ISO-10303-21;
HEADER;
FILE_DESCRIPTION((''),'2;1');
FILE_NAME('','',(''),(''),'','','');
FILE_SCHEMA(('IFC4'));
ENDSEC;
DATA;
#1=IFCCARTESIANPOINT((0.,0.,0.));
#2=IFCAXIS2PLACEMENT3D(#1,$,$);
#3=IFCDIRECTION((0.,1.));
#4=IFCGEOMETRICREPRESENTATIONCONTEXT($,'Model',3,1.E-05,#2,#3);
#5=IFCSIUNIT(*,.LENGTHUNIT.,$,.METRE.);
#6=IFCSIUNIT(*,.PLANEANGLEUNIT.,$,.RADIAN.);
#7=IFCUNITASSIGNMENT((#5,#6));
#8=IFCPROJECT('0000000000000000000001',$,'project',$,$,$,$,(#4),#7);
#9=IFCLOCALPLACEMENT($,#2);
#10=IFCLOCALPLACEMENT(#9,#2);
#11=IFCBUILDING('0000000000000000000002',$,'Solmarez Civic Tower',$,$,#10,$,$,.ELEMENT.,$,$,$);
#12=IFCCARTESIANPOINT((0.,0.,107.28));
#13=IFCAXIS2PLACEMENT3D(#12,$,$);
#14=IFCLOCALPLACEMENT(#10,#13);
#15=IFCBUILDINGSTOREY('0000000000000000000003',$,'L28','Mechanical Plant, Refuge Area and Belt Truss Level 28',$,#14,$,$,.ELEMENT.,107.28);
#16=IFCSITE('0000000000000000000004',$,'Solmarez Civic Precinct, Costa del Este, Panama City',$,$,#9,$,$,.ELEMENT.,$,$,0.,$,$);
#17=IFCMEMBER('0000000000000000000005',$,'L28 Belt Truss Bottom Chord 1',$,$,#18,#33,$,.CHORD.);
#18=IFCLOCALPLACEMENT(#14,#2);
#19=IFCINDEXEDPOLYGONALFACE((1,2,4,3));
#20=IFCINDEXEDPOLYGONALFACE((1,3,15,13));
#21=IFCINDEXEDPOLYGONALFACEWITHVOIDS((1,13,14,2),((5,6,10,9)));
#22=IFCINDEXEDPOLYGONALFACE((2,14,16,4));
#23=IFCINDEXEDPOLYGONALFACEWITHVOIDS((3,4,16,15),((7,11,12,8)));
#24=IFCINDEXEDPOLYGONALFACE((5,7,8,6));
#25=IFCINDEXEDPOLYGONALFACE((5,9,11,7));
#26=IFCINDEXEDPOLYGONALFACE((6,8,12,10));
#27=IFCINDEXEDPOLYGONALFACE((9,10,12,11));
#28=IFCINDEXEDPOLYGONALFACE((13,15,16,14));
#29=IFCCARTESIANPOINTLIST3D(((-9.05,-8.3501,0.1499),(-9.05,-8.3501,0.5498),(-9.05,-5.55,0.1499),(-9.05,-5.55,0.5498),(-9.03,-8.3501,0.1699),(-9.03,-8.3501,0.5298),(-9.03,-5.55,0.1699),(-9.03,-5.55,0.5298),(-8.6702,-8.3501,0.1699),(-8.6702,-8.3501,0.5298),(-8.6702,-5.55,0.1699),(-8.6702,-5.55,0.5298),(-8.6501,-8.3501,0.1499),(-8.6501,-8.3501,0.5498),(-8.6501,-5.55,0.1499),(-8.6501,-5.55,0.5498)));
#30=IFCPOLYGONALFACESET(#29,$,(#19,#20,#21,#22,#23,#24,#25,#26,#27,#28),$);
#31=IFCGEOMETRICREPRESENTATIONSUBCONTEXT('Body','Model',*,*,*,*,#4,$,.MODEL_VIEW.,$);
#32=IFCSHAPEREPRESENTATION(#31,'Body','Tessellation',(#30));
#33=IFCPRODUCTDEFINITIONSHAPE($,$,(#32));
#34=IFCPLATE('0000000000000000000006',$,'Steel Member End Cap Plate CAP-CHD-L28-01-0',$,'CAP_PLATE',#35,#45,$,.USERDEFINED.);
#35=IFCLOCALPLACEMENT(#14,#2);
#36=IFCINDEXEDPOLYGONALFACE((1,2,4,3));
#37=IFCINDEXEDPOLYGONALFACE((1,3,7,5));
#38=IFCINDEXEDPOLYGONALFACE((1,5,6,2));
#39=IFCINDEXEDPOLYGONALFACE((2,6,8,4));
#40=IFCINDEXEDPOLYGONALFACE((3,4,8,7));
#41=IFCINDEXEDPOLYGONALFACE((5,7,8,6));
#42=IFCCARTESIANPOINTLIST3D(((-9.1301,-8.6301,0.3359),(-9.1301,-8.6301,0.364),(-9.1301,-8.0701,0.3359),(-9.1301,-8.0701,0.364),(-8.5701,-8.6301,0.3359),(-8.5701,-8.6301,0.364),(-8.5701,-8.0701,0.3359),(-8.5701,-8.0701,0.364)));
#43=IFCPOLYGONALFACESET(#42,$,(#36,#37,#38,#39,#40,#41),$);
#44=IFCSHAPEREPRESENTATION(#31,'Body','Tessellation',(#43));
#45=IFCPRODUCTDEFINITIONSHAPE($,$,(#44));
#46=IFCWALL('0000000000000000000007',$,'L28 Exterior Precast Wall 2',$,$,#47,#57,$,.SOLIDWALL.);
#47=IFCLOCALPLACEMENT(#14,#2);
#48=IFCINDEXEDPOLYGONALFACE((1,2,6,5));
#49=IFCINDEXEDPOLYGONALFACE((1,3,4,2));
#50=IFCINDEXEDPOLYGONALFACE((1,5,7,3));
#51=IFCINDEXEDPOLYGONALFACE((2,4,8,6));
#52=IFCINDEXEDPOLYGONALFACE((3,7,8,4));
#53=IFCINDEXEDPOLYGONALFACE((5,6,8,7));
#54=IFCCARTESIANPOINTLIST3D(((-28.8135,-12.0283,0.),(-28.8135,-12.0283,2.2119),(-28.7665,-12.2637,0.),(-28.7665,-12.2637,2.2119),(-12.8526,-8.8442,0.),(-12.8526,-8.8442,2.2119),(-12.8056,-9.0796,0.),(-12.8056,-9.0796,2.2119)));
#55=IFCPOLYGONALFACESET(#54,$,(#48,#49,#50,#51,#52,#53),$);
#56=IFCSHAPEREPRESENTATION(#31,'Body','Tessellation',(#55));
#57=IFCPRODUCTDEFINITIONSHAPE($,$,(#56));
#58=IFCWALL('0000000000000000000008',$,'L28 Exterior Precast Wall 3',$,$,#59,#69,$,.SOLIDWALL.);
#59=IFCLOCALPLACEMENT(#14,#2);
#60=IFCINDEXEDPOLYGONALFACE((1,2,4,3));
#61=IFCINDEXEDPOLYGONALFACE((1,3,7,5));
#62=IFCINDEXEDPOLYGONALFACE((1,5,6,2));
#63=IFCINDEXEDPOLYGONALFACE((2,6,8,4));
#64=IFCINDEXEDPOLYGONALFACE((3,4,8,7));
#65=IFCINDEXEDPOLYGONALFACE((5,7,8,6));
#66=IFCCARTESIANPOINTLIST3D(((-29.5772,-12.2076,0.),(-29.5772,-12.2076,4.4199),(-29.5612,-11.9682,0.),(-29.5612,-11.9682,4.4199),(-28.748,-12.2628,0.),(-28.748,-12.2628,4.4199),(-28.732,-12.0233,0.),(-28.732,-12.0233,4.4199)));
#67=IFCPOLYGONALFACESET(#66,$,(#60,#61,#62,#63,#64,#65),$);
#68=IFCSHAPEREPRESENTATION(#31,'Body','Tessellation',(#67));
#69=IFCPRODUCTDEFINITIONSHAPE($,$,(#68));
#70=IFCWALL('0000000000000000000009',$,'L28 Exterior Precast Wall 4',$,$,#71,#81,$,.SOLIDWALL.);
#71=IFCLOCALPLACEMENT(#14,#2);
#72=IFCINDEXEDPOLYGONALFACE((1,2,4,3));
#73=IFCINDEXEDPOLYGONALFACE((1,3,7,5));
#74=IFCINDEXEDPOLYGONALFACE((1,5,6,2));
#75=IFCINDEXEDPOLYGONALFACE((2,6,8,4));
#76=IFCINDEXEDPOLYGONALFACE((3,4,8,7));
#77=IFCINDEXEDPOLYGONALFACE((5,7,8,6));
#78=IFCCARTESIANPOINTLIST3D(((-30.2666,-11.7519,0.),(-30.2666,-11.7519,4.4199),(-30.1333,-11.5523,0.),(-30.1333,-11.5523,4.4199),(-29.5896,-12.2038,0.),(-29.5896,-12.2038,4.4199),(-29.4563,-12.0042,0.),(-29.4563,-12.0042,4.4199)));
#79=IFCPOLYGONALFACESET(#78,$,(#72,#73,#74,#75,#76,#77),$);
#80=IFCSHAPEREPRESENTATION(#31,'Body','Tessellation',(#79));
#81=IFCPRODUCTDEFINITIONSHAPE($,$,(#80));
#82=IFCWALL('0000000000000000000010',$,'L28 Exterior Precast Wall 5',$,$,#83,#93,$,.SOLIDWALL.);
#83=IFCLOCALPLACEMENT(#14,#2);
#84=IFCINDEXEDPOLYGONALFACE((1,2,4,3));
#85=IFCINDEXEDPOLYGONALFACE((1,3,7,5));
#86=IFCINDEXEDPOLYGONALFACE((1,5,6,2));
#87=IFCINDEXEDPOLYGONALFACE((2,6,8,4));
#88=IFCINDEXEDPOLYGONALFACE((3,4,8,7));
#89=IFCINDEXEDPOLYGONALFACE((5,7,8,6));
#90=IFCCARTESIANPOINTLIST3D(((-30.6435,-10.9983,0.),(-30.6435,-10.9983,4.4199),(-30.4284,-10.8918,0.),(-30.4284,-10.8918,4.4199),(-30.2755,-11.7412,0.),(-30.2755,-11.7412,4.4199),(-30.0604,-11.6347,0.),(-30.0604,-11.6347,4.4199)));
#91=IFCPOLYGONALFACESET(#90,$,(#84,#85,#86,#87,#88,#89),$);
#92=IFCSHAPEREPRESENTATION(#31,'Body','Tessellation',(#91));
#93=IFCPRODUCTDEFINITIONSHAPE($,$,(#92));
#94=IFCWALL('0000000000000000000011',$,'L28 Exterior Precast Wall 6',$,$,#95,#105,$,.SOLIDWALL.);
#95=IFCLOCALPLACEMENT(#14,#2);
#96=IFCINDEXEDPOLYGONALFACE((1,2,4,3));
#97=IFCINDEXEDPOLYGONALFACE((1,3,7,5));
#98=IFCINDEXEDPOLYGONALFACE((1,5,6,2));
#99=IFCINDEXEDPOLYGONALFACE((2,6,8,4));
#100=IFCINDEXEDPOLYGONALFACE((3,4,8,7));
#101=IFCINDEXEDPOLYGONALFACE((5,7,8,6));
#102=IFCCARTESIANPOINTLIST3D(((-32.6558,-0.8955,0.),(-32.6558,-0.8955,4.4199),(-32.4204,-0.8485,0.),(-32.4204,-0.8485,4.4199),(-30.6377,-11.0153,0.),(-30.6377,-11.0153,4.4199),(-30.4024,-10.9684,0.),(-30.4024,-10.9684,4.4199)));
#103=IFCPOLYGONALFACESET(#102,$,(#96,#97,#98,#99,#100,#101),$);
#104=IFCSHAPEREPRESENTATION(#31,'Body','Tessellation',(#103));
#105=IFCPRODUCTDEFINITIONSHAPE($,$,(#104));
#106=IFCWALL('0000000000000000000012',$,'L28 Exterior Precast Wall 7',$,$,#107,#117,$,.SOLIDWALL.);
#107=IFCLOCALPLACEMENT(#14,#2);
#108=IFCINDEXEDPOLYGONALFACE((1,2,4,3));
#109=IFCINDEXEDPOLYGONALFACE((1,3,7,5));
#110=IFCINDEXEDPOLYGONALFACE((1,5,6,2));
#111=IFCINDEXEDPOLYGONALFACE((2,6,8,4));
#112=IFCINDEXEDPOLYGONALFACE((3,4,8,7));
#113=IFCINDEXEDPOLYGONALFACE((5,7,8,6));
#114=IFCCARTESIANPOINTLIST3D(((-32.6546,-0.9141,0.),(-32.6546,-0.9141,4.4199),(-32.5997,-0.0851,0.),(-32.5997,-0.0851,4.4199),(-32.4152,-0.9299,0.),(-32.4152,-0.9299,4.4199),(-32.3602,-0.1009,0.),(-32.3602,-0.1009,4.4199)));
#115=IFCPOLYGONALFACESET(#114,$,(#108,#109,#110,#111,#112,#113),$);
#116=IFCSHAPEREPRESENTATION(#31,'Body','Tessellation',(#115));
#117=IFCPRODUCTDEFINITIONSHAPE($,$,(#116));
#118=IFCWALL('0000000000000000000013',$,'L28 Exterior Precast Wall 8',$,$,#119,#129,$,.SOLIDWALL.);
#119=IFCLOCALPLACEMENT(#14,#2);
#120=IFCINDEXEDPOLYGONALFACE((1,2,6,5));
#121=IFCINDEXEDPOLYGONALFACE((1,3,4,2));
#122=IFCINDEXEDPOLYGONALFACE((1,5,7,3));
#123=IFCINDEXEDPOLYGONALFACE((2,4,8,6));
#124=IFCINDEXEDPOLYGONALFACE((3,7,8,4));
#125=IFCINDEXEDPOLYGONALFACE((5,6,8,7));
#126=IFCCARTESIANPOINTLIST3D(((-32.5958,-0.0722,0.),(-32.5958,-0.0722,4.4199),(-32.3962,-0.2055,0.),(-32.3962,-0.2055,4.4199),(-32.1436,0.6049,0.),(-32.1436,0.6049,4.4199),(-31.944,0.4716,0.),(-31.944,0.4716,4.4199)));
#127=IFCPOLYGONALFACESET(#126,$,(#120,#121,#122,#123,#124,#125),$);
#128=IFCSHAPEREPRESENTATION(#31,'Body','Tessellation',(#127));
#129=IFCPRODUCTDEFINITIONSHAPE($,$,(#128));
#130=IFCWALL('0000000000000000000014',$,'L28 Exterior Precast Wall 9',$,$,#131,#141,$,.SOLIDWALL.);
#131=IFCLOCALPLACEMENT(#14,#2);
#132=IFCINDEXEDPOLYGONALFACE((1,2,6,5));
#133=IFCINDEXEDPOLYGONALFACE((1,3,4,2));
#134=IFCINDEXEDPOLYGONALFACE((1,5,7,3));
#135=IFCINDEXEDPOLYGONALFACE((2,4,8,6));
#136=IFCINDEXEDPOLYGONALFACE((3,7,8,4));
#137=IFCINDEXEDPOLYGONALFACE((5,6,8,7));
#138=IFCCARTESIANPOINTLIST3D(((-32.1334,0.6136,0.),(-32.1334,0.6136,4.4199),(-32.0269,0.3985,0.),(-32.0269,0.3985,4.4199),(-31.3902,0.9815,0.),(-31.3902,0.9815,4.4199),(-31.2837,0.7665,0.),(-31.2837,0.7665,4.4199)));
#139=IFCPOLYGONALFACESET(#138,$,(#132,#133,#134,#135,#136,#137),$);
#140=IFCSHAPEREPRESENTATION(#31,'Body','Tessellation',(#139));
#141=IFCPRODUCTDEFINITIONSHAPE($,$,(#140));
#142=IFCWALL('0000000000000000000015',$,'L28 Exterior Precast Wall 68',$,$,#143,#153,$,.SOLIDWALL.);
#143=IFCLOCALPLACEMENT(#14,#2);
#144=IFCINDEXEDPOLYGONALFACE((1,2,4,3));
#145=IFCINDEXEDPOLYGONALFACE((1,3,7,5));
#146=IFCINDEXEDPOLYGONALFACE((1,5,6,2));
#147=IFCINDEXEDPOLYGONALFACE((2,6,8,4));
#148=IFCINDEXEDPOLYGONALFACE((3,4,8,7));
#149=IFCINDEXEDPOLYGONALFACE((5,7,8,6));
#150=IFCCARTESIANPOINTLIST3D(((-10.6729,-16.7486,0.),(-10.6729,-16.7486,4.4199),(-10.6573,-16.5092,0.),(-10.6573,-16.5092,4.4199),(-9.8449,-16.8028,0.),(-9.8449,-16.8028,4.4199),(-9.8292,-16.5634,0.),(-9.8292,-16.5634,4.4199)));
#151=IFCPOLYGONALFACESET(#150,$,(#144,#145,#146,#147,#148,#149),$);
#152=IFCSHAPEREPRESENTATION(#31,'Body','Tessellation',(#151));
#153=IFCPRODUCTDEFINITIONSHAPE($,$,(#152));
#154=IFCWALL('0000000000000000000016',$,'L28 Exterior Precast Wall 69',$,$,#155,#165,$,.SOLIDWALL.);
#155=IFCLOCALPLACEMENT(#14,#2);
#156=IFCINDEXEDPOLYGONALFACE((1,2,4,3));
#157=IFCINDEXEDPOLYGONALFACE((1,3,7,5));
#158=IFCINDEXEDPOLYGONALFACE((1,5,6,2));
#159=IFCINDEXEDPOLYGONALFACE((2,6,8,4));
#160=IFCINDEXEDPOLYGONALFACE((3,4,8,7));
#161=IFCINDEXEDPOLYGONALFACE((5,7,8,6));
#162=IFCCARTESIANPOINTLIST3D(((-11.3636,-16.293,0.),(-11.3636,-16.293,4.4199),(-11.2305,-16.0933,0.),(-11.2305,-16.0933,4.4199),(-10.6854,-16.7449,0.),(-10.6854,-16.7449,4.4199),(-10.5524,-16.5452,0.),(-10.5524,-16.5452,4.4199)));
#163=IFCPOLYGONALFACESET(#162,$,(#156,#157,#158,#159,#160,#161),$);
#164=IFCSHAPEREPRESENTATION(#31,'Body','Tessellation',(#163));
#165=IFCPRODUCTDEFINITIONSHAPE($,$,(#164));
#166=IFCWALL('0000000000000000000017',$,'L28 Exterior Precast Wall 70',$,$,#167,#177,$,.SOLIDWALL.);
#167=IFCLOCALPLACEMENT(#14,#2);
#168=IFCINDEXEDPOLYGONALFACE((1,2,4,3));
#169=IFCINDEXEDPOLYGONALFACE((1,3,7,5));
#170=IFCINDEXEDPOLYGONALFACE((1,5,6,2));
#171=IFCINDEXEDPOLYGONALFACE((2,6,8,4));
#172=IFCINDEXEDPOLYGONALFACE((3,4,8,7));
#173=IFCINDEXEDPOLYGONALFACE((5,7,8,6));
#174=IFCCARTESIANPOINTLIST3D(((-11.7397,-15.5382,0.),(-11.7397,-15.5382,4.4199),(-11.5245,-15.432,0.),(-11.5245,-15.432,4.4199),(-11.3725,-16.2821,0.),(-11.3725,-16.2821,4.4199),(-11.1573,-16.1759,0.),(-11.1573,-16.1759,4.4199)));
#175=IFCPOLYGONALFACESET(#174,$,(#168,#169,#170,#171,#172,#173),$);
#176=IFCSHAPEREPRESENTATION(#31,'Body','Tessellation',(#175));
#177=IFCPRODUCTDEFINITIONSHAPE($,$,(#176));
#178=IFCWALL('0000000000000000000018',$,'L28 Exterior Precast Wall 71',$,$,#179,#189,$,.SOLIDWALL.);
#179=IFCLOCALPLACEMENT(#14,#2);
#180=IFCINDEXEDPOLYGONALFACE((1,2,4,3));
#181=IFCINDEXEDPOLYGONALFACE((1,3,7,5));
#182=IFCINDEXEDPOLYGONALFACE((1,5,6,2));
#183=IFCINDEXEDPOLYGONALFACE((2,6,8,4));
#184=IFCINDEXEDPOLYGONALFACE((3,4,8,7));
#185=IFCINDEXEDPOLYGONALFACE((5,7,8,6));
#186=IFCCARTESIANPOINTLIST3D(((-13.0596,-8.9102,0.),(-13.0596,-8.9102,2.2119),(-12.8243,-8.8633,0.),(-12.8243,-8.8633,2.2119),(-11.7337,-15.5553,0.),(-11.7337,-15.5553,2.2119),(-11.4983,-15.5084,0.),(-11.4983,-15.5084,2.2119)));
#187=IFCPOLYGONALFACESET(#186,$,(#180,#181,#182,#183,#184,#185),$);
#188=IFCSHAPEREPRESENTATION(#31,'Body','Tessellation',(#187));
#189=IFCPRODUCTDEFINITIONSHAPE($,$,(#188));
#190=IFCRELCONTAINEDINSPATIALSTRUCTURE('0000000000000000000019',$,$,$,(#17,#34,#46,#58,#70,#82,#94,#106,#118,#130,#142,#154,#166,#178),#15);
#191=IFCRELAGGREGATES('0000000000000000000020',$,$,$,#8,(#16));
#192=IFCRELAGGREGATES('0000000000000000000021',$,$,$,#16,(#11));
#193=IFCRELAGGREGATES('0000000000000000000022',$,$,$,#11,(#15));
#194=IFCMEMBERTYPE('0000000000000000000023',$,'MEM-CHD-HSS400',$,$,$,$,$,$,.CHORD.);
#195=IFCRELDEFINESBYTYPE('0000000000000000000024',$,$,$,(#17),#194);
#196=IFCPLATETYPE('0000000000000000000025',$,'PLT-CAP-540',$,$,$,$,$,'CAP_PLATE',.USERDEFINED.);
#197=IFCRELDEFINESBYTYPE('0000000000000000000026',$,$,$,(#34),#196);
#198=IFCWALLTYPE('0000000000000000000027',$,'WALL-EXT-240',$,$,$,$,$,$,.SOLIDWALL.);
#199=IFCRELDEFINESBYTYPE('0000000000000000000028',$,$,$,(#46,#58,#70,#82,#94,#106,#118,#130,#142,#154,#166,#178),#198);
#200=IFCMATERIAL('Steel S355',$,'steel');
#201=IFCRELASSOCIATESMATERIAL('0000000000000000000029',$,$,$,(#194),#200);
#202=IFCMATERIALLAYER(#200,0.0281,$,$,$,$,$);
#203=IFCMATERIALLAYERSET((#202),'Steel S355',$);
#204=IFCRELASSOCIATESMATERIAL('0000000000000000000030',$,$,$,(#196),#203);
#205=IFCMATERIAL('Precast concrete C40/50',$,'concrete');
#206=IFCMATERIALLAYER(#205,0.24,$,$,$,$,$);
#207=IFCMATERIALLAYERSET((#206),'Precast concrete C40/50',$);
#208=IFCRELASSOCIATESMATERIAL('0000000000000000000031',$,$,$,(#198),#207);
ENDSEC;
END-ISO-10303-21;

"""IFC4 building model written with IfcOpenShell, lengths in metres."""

from ifc_helpers import new_model, si_unit, direction, frame, frame_2d, origin, origin_2d, place, context, subcontext, project, spatial, rectangle, hollow_rectangle, extrude, material, layer, layer_set, material_profile, profile_set, type_object, element, save


model = new_model("IFC4")

# Units and contexts
model_context = context("Model", 3, precision=1e-05, world=origin(), true_north=direction((0.0, 1.0)))
body_context = subcontext(model_context, "Body", "Model", "MODEL_VIEW")
ifc_project = project(units=[si_unit("LENGTHUNIT", "METRE"), si_unit("PLANEANGLEUNIT", "RADIAN")], contexts=[model_context])

# Site, building, storey
site_placement = place(None, origin())
site = spatial("IfcSite", under=ifc_project, at=site_placement, Name="Solmarez Civic Precinct, Costa del Este, Panama City", CompositionType="ELEMENT", RefElevation=0.0)
building_placement = place(site_placement, origin())
building = spatial("IfcBuilding", under=site, at=building_placement, Name="Solmarez Civic Tower", CompositionType="ELEMENT")
storey_placement = place(building_placement, frame((0.0, 0.0, 107.28)))
storey = spatial("IfcBuildingStorey", under=building, at=storey_placement, Name="L28", Description="Mechanical Plant, Refuge Area and Belt Truss Level 28", CompositionType="ELEMENT", Elevation=107.28)

# Shared definitions
ifc_material_1 = material(Name="Steel S355", Category="steel")

# Member
ifc_material_profile_1 = material_profile(ifc_material_1, hollow_rectangle(XDim=0.3999, YDim=0.3999, WallThickness=0.02, at=origin_2d()), Name="HSS400X400X20")
ifc_profile_set_1 = profile_set([ifc_material_profile_1], Name="Steel S355")
member_type_1 = type_object("IfcMemberType", Name="MEM-CHD-HSS400", PredefinedType="CHORD", material=ifc_profile_set_1)
member_1_placement = place(storey_placement, frame((-8.8501, -8.3501, 0.3499), z_axis=(0.0, 1.0, 0.0), x_axis=(-1.0, 0.0, 0.0)))
element("IfcMember", 1, at=member_1_placement, inside=storey, type_object=member_type_1, Name="L28 Belt Truss Bottom Chord 1", PredefinedType="CHORD", context=body_context, shape_type="SweptSolid", body=[
    extrude(hollow_rectangle(XDim=0.3999, YDim=0.3999, WallThickness=0.02, at=origin_2d()), origin(), (0.0, 0.0, 1.0), 2.8),
])

# Plate
ifc_layer_1 = layer(ifc_material_1, 0.0281)
ifc_layer_set_1 = layer_set([ifc_layer_1], Name="Steel S355")
plate_type = type_object("IfcPlateType", Name="PLT-CAP-540", ElementType="CAP_PLATE", PredefinedType="USERDEFINED", material=ifc_layer_set_1)
plate_placement = place(storey_placement, frame((-8.8501, -8.3501, 0.3359), z_axis=(0.0, 0.0, 1.0), x_axis=(1.0, 0.0, 0.0)))
element("IfcPlate", 2, at=plate_placement, inside=storey, type_object=plate_type, Name="Steel Member End Cap Plate CAP-CHD-L28-01-0", ObjectType="CAP_PLATE", PredefinedType="USERDEFINED", context=body_context, shape_type="SweptSolid", body=[
    extrude(rectangle(XDim=0.5601, YDim=0.5601, at=origin_2d()), origin(), (0.0, 0.0, 1.0), 0.0281),
])

# Walls
ifc_material_2 = material(Name="Precast concrete C40/50", Category="concrete")
ifc_layer_2 = layer(ifc_material_2, 0.24)
ifc_layer_set_2 = layer_set([ifc_layer_2], Name="Precast concrete C40/50")
wall_type_1 = type_object("IfcWallType", Name="WALL-EXT-240", PredefinedType="SOLIDWALL", material=ifc_layer_set_2)
wall_1_placement = place(storey_placement, frame((-12.8291, -8.9619, 0.0), z_axis=(0.0, 0.0, 1.0), x_axis=(-0.980676, -0.195637, 0.0)))
element("IfcWall", 3, at=wall_1_placement, inside=storey, type_object=wall_type_1, Name="L28 Exterior Precast Wall 2", PredefinedType="SOLIDWALL", context=body_context, shape_type="SweptSolid", body=[
    extrude(rectangle(XDim=16.2754, YDim=0.24, at=frame_2d((8.1377, 0.0))), origin(), (0.0, 0.0, 1.0), 2.2119),
])
wall_2_placement = place(storey_placement, frame((-28.74, -12.1431, 0.0), z_axis=(0.0, 0.0, 1.0), x_axis=(-0.997793, 0.066402, 0.0)))
element("IfcWall", 4, at=wall_2_placement, inside=storey, type_object=wall_type_1, Name="L28 Exterior Precast Wall 3", PredefinedType="SOLIDWALL", context=body_context, shape_type="SweptSolid", body=[
    extrude(rectangle(XDim=0.8311, YDim=0.24, at=frame_2d((0.4155, 0.0))), origin(), (0.0, 0.0, 1.0), 4.4199),
])
wall_3_placement = place(storey_placement, frame((-29.5229, -12.104, 0.0), z_axis=(0.0, 0.0, 1.0), x_axis=(-0.831727, 0.555185, 0.0)))
element("IfcWall", 5, at=wall_3_placement, inside=storey, type_object=wall_type_1, Name="L28 Exterior Precast Wall 4", PredefinedType="SOLIDWALL", context=body_context, shape_type="SweptSolid", body=[
    extrude(rectangle(XDim=0.814, YDim=0.24, at=frame_2d((0.407, 0.0))), origin(), (0.0, 0.0, 1.0), 4.4199),
])
wall_4_placement = place(storey_placement, frame((-30.168, -11.688, 0.0), z_axis=(0.0, 0.0, 1.0), x_axis=(-0.443794, 0.896129, 0.0)))
element("IfcWall", 6, at=wall_4_placement, inside=storey, type_object=wall_type_1, Name="L28 Exterior Precast Wall 5", PredefinedType="SOLIDWALL", context=body_context, shape_type="SweptSolid", body=[
    extrude(rectangle(XDim=0.8291, YDim=0.24, at=frame_2d((0.4146, 0.0))), origin(), (0.0, 0.0, 1.0), 4.4199),
])
wall_5_placement = place(storey_placement, frame((-30.52, -10.9919, 0.0), z_axis=(0.0, 0.0, 1.0), x_axis=(-0.195566, 0.980691, 0.0)))
element("IfcWall", 7, at=wall_5_placement, inside=storey, type_object=wall_type_1, Name="L28 Exterior Precast Wall 6", PredefinedType="SOLIDWALL", context=body_context, shape_type="SweptSolid", body=[
    extrude(rectangle(XDim=10.3191, YDim=0.24, at=frame_2d((5.1597, 0.0))), origin(), (0.0, 0.0, 1.0), 4.4199),
])
wall_6_placement = place(storey_placement, frame((-32.5349, -0.9221, 0.0), z_axis=(0.0, 0.0, 1.0), x_axis=(0.066109, 0.997812, 0.0)))
element("IfcWall", 8, at=wall_6_placement, inside=storey, type_object=wall_type_1, Name="L28 Exterior Precast Wall 7", PredefinedType="SOLIDWALL", context=body_context, shape_type="SweptSolid", body=[
    extrude(rectangle(XDim=0.8308, YDim=0.24, at=frame_2d((0.4155, 0.0))), origin(), (0.0, 0.0, 1.0), 4.4199),
])
wall_7_placement = place(storey_placement, frame((-32.4961, -0.1389, 0.0), z_axis=(0.0, 0.0, 1.0), x_axis=(0.555392, 0.831589, 0.0)))
element("IfcWall", 9, at=wall_7_placement, inside=storey, type_object=wall_type_1, Name="L28 Exterior Precast Wall 8", PredefinedType="SOLIDWALL", context=body_context, shape_type="SweptSolid", body=[
    extrude(rectangle(XDim=0.8142, YDim=0.24, at=frame_2d((0.4072, 0.0))), origin(), (0.0, 0.0, 1.0), 4.4199),
])
wall_8_placement = place(storey_placement, frame((-32.0801, 0.5061, 0.0), z_axis=(0.0, 0.0, 1.0), x_axis=(0.896187, 0.443677, 0.0)))
element("IfcWall", 10, at=wall_8_placement, inside=storey, type_object=wall_type_1, Name="L28 Exterior Precast Wall 9", PredefinedType="SOLIDWALL", context=body_context, shape_type="SweptSolid", body=[
    extrude(rectangle(XDim=0.8293, YDim=0.24, at=frame_2d((0.4146, 0.0))), origin(), (0.0, 0.0, 1.0), 4.4199),
])
wall_9_placement = place(storey_placement, frame((-9.8369, -16.6831, 0.0), z_axis=(0.0, 0.0, 1.0), x_axis=(-0.997865, 0.065308, 0.0)))
element("IfcWall", 11, at=wall_9_placement, inside=storey, type_object=wall_type_1, Name="L28 Exterior Precast Wall 68", PredefinedType="SOLIDWALL", context=body_context, shape_type="SweptSolid", body=[
    extrude(rectangle(XDim=0.8298, YDim=0.24, at=frame_2d((0.415, 0.0))), origin(), (0.0, 0.0, 1.0), 4.4199),
])
wall_10_placement = place(storey_placement, frame((-10.6189, -16.645, 0.0), z_axis=(0.0, 0.0, 1.0), x_axis=(-0.832189, 0.554493, 0.0)))
element("IfcWall", 12, at=wall_10_placement, inside=storey, type_object=wall_type_1, Name="L28 Exterior Precast Wall 69", PredefinedType="SOLIDWALL", context=body_context, shape_type="SweptSolid", body=[
    extrude(rectangle(XDim=0.8149, YDim=0.24, at=frame_2d((0.4075, 0.0))), origin(), (0.0, 0.0, 1.0), 4.4199),
])
wall_11_placement = place(storey_placement, frame((-11.2649, -16.229, 0.0), z_axis=(0.0, 0.0, 1.0), x_axis=(-0.442617, 0.896711, 0.0)))
element("IfcWall", 13, at=wall_11_placement, inside=storey, type_object=wall_type_1, Name="L28 Exterior Precast Wall 70", PredefinedType="SOLIDWALL", context=body_context, shape_type="SweptSolid", body=[
    extrude(rectangle(XDim=0.8296, YDim=0.24, at=frame_2d((0.4148, 0.0))), origin(), (0.0, 0.0, 1.0), 4.4199),
])
wall_12_placement = place(storey_placement, frame((-11.616, -15.532, 0.0), z_axis=(0.0, 0.0, 1.0), x_axis=(-0.19568, 0.980668, 0.0)))
element("IfcWall", 14, at=wall_12_placement, inside=storey, type_object=wall_type_1, Name="L28 Exterior Precast Wall 71", PredefinedType="SOLIDWALL", context=body_context, shape_type="SweptSolid", body=[
    extrude(rectangle(XDim=6.7761, YDim=0.24, at=frame_2d((3.3882, 0.0))), origin(), (0.0, 0.0, 1.0), 2.2119),
])

save(model, "model.ifc")
